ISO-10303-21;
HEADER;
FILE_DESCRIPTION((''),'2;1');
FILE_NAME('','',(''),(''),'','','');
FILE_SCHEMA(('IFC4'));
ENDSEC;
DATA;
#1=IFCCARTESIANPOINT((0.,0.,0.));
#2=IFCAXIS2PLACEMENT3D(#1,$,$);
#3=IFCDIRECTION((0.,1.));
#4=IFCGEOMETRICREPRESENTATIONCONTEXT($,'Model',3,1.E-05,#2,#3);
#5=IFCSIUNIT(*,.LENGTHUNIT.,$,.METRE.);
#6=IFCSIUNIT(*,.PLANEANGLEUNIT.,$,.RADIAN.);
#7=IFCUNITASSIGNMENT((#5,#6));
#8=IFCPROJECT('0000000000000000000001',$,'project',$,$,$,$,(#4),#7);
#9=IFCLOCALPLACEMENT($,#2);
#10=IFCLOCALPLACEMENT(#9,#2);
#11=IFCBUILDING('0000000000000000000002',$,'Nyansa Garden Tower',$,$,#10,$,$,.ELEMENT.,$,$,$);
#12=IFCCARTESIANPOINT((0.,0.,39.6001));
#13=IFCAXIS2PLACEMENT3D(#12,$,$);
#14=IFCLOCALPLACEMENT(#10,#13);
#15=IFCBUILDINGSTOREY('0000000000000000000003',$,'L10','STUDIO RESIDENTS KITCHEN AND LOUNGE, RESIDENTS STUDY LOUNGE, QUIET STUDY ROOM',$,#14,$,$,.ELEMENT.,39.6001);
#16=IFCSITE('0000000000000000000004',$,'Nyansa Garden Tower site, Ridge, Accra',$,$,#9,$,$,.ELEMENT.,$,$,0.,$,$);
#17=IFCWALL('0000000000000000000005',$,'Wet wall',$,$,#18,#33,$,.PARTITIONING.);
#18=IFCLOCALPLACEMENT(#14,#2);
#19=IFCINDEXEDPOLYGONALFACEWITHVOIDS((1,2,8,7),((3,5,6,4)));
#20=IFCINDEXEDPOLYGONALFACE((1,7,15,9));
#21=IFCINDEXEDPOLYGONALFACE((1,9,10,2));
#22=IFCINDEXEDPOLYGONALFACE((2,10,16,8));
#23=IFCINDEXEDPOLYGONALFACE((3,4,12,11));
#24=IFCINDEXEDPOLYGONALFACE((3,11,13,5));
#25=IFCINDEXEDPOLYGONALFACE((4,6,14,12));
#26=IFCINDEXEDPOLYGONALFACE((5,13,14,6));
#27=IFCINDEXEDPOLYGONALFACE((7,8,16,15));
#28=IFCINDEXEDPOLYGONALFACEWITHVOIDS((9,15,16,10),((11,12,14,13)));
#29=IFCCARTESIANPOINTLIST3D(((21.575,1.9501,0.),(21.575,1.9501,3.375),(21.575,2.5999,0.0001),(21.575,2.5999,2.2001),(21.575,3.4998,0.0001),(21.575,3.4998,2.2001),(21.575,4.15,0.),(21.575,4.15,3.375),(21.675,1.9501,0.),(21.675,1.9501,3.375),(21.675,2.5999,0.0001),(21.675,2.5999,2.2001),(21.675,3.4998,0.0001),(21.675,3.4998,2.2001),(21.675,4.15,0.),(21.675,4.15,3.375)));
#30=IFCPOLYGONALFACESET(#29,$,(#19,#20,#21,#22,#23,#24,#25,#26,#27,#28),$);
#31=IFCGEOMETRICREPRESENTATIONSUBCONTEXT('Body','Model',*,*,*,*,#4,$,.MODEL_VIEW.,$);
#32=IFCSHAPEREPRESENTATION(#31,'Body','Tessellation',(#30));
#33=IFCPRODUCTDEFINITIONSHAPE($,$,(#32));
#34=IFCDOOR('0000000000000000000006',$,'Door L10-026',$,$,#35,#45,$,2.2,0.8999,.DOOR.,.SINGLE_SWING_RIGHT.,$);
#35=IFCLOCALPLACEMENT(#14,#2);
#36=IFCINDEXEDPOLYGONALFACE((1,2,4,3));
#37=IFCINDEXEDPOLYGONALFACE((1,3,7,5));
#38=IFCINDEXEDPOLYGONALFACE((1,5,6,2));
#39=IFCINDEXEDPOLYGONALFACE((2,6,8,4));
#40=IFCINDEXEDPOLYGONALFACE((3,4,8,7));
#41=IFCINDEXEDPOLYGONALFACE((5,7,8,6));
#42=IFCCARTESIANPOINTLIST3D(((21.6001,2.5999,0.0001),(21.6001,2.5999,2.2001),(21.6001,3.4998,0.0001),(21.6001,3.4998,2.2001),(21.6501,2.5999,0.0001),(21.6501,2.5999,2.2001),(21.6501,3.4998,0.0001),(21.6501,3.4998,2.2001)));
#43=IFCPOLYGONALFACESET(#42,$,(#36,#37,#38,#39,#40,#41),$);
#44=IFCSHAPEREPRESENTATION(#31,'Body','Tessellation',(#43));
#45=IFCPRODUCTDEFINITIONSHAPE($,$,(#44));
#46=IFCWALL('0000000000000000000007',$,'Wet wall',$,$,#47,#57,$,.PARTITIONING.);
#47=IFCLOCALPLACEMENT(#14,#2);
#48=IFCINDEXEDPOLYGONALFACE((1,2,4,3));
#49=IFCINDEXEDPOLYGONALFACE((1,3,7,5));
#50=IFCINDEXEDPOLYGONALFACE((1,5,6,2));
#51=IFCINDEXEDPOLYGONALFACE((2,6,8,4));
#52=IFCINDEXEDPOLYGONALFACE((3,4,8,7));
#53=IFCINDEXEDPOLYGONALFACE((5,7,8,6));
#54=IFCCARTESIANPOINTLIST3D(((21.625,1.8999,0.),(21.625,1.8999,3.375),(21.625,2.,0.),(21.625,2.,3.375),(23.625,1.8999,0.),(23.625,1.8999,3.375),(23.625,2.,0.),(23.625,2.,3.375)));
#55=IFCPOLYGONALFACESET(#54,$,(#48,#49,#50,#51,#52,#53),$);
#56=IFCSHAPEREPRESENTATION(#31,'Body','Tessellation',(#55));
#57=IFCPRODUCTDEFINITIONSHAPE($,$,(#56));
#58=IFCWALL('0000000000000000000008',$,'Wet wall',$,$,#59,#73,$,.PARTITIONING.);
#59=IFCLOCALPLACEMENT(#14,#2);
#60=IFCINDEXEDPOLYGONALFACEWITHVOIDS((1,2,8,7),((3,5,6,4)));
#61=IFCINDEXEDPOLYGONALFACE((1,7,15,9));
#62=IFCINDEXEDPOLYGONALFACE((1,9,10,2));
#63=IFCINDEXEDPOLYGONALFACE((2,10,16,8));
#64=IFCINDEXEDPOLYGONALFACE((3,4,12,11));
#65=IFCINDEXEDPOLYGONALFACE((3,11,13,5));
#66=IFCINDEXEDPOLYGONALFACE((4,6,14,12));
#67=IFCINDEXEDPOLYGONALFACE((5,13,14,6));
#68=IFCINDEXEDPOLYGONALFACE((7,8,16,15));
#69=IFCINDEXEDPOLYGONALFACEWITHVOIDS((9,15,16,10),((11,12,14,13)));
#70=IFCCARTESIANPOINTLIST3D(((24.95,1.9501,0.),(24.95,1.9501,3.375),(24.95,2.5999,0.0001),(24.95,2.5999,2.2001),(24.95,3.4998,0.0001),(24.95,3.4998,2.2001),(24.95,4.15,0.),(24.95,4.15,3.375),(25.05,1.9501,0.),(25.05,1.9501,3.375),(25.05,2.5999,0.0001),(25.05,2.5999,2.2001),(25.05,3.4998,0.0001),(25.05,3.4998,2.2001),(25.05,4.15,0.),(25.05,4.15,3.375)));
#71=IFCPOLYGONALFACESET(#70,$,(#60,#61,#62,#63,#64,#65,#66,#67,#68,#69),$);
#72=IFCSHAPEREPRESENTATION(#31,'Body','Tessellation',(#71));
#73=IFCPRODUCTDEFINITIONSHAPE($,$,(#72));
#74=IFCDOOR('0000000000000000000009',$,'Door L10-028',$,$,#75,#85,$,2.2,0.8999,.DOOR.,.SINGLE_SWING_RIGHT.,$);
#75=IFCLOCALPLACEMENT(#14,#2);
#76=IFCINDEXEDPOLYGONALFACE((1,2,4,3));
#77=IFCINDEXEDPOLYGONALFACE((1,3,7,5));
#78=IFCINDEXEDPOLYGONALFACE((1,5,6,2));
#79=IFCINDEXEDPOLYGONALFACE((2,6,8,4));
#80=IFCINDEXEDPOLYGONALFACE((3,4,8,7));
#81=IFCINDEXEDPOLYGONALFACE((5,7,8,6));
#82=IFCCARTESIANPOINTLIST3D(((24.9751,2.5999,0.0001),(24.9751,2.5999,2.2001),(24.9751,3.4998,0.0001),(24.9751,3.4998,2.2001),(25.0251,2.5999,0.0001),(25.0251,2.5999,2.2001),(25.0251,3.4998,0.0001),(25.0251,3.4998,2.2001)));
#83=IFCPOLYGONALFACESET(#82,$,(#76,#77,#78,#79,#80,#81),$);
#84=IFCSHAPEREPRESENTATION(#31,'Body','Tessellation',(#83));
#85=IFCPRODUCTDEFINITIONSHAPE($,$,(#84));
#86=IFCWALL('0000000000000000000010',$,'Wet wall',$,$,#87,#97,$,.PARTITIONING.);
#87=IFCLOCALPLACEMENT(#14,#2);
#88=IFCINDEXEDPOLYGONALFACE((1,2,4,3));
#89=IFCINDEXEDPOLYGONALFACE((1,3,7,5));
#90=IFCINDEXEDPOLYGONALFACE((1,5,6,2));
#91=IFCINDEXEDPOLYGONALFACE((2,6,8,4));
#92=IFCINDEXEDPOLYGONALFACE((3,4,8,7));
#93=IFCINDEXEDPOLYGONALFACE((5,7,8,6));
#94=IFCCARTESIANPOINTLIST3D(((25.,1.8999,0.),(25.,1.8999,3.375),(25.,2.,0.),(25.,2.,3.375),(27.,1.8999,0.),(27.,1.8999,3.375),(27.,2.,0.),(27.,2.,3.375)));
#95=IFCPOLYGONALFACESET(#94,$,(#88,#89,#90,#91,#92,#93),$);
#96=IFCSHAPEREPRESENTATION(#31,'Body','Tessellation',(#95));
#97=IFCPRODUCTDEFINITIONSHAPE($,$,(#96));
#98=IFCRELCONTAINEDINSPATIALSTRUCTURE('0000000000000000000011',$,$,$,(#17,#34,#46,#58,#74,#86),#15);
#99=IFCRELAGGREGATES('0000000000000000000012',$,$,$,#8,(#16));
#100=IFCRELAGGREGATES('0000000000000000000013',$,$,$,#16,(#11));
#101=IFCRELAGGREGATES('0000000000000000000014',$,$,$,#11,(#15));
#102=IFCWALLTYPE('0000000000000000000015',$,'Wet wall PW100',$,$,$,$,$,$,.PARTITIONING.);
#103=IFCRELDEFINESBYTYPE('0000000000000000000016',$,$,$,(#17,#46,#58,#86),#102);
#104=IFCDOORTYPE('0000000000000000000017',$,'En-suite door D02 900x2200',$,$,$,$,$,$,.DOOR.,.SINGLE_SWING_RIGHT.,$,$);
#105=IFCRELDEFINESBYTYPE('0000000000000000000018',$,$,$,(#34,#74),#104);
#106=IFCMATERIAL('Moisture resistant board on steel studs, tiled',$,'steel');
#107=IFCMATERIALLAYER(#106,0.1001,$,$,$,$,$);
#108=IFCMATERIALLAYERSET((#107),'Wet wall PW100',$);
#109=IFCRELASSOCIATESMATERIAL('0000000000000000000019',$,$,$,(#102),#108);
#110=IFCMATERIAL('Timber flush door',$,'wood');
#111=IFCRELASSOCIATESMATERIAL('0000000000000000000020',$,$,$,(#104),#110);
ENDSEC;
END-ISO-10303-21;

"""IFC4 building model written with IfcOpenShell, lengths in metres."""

from ifc_helpers import new_model, si_unit, direction, frame, frame_2d, origin, place, context, subcontext, project, spatial, rectangle, extrude, material, layer, layer_set, type_object, element, fill, save


model = new_model("IFC4")

# Units and contexts
model_context = context("Model", 3, precision=1e-05, world=origin(), true_north=direction((0.0, 1.0)))
body_context = subcontext(model_context, "Body", "Model", "MODEL_VIEW")
ifc_project = project(units=[si_unit("LENGTHUNIT", "METRE"), si_unit("PLANEANGLEUNIT", "RADIAN")], contexts=[model_context])

# Site, building, storey
site_placement = place(None, origin())
site = spatial("IfcSite", under=ifc_project, at=site_placement, Name="Nyansa Garden Tower site, Ridge, Accra", CompositionType="ELEMENT", RefElevation=0.0)
building_placement = place(site_placement, origin())
building = spatial("IfcBuilding", under=site, at=building_placement, Name="Nyansa Garden Tower", CompositionType="ELEMENT")
storey_placement = place(building_placement, frame((0.0, 0.0, 39.6001)))
storey = spatial("IfcBuildingStorey", under=building, at=storey_placement, Name="L10", Description="STUDIO RESIDENTS KITCHEN AND LOUNGE, RESIDENTS STUDY LOUNGE, QUIET STUDY ROOM", CompositionType="ELEMENT", Elevation=39.6001)

# Wall, opening, door
ifc_material_1 = material(Name="Moisture resistant board on steel studs, tiled", Category="steel")
ifc_layer_1 = layer(ifc_material_1, 0.1001)
ifc_layer_set_1 = layer_set([ifc_layer_1], Name="Wet wall PW100")
wall_type_1 = type_object("IfcWallType", Name="Wet wall PW100", PredefinedType="PARTITIONING", material=ifc_layer_set_1)
wall_1_placement = place(storey_placement, frame((21.625, 1.95, 0.0), z_axis=(0.0, 0.0, 1.0), x_axis=(0.0, 1.0, 0.0)))
wall_1 = element("IfcWall", 1, at=wall_1_placement, inside=storey, type_object=wall_type_1, Name="Wet wall", PredefinedType="PARTITIONING", context=body_context, shape_type="SweptSolid", body=[
    extrude(rectangle(XDim=2.2, YDim=0.1001, at=frame_2d((1.1001, 0.0))), origin(), (0.0, 0.0, 1.0), 3.375),
])
opening_1_placement = place(wall_1_placement, frame((0.6499, 0.0, 0.0)))
opening_1 = element("IfcOpeningElement", 2, at=opening_1_placement, cuts=wall_1, PredefinedType="OPENING", context=body_context, shape_type="SweptSolid", body=[
    extrude(rectangle(XDim=0.8999, YDim=2.2, at=frame_2d((0.45, 1.1001))), frame((0.0, 0.0601, 0.0), z_axis=(0.0, -1.0, 0.0), x_axis=(1.0, 0.0, 0.0)), (0.0, 0.0, 1.0), 0.1201),
])
ifc_material_2 = material(Name="Timber flush door", Category="wood")
door_type_1 = type_object("IfcDoorType", Name="En-suite door D02 900x2200", OperationType="SINGLE_SWING_RIGHT", PredefinedType="DOOR", material=ifc_material_2)
door_1_placement = place(opening_1_placement, origin())
door_1 = element("IfcDoor", 3, at=door_1_placement, inside=storey, type_object=door_type_1, Name="Door L10-026", OperationType="SINGLE_SWING_RIGHT", OverallHeight=2.2, OverallWidth=0.8999, PredefinedType="DOOR", context=body_context, shape_type="SweptSolid", body=[
    extrude(rectangle(XDim=0.8999, YDim=2.2, at=frame_2d((0.45, 1.1001))), frame((0.0, 0.0249, 0.0), z_axis=(0.0, -1.0, 0.0), x_axis=(1.0, 0.0, 0.0)), (0.0, 0.0, 1.0), 0.05),
])
fill(opening_1, door_1)

# Wall
wall_2_placement = place(storey_placement, frame((21.625, 1.95, 0.0), z_axis=(0.0, 0.0, 1.0), x_axis=(1.0, 0.0, 0.0)))
element("IfcWall", 4, at=wall_2_placement, inside=storey, type_object=wall_type_1, Name="Wet wall", PredefinedType="PARTITIONING", context=body_context, shape_type="SweptSolid", body=[
    extrude(rectangle(XDim=2.0, YDim=0.1001, at=frame_2d((1.0, 0.0))), origin(), (0.0, 0.0, 1.0), 3.375),
])

# Wall, opening, door
wall_3_placement = place(storey_placement, frame((25.0, 1.95, 0.0), z_axis=(0.0, 0.0, 1.0), x_axis=(0.0, 1.0, 0.0)))
wall_3 = element("IfcWall", 5, at=wall_3_placement, inside=storey, type_object=wall_type_1, Name="Wet wall", PredefinedType="PARTITIONING", context=body_context, shape_type="SweptSolid", body=[
    extrude(rectangle(XDim=2.2, YDim=0.1001, at=frame_2d((1.1001, 0.0))), origin(), (0.0, 0.0, 1.0), 3.375),
])
opening_2_placement = place(wall_3_placement, frame((0.6499, 0.0, 0.0)))
opening_2 = element("IfcOpeningElement", 6, at=opening_2_placement, cuts=wall_3, PredefinedType="OPENING", context=body_context, shape_type="SweptSolid", body=[
    extrude(rectangle(XDim=0.8999, YDim=2.2, at=frame_2d((0.45, 1.1001))), frame((0.0, 0.0601, 0.0), z_axis=(0.0, -1.0, 0.0), x_axis=(1.0, 0.0, 0.0)), (0.0, 0.0, 1.0), 0.1201),
])
door_2_placement = place(opening_2_placement, origin())
door_2 = element("IfcDoor", 7, at=door_2_placement, inside=storey, type_object=door_type_1, Name="Door L10-028", OperationType="SINGLE_SWING_RIGHT", OverallHeight=2.2, OverallWidth=0.8999, PredefinedType="DOOR", context=body_context, shape_type="SweptSolid", body=[
    extrude(rectangle(XDim=0.8999, YDim=2.2, at=frame_2d((0.45, 1.1001))), frame((0.0, 0.0249, 0.0), z_axis=(0.0, -1.0, 0.0), x_axis=(1.0, 0.0, 0.0)), (0.0, 0.0, 1.0), 0.05),
])
fill(opening_2, door_2)

# Wall
wall_4_placement = place(storey_placement, frame((25.0, 1.95, 0.0), z_axis=(0.0, 0.0, 1.0), x_axis=(1.0, 0.0, 0.0)))
element("IfcWall", 8, at=wall_4_placement, inside=storey, type_object=wall_type_1, Name="Wet wall", PredefinedType="PARTITIONING", context=body_context, shape_type="SweptSolid", body=[
    extrude(rectangle(XDim=2.0, YDim=0.1001, at=frame_2d((1.0, 0.0))), origin(), (0.0, 0.0, 1.0), 3.375),
])

save(model, "model.ifc")
